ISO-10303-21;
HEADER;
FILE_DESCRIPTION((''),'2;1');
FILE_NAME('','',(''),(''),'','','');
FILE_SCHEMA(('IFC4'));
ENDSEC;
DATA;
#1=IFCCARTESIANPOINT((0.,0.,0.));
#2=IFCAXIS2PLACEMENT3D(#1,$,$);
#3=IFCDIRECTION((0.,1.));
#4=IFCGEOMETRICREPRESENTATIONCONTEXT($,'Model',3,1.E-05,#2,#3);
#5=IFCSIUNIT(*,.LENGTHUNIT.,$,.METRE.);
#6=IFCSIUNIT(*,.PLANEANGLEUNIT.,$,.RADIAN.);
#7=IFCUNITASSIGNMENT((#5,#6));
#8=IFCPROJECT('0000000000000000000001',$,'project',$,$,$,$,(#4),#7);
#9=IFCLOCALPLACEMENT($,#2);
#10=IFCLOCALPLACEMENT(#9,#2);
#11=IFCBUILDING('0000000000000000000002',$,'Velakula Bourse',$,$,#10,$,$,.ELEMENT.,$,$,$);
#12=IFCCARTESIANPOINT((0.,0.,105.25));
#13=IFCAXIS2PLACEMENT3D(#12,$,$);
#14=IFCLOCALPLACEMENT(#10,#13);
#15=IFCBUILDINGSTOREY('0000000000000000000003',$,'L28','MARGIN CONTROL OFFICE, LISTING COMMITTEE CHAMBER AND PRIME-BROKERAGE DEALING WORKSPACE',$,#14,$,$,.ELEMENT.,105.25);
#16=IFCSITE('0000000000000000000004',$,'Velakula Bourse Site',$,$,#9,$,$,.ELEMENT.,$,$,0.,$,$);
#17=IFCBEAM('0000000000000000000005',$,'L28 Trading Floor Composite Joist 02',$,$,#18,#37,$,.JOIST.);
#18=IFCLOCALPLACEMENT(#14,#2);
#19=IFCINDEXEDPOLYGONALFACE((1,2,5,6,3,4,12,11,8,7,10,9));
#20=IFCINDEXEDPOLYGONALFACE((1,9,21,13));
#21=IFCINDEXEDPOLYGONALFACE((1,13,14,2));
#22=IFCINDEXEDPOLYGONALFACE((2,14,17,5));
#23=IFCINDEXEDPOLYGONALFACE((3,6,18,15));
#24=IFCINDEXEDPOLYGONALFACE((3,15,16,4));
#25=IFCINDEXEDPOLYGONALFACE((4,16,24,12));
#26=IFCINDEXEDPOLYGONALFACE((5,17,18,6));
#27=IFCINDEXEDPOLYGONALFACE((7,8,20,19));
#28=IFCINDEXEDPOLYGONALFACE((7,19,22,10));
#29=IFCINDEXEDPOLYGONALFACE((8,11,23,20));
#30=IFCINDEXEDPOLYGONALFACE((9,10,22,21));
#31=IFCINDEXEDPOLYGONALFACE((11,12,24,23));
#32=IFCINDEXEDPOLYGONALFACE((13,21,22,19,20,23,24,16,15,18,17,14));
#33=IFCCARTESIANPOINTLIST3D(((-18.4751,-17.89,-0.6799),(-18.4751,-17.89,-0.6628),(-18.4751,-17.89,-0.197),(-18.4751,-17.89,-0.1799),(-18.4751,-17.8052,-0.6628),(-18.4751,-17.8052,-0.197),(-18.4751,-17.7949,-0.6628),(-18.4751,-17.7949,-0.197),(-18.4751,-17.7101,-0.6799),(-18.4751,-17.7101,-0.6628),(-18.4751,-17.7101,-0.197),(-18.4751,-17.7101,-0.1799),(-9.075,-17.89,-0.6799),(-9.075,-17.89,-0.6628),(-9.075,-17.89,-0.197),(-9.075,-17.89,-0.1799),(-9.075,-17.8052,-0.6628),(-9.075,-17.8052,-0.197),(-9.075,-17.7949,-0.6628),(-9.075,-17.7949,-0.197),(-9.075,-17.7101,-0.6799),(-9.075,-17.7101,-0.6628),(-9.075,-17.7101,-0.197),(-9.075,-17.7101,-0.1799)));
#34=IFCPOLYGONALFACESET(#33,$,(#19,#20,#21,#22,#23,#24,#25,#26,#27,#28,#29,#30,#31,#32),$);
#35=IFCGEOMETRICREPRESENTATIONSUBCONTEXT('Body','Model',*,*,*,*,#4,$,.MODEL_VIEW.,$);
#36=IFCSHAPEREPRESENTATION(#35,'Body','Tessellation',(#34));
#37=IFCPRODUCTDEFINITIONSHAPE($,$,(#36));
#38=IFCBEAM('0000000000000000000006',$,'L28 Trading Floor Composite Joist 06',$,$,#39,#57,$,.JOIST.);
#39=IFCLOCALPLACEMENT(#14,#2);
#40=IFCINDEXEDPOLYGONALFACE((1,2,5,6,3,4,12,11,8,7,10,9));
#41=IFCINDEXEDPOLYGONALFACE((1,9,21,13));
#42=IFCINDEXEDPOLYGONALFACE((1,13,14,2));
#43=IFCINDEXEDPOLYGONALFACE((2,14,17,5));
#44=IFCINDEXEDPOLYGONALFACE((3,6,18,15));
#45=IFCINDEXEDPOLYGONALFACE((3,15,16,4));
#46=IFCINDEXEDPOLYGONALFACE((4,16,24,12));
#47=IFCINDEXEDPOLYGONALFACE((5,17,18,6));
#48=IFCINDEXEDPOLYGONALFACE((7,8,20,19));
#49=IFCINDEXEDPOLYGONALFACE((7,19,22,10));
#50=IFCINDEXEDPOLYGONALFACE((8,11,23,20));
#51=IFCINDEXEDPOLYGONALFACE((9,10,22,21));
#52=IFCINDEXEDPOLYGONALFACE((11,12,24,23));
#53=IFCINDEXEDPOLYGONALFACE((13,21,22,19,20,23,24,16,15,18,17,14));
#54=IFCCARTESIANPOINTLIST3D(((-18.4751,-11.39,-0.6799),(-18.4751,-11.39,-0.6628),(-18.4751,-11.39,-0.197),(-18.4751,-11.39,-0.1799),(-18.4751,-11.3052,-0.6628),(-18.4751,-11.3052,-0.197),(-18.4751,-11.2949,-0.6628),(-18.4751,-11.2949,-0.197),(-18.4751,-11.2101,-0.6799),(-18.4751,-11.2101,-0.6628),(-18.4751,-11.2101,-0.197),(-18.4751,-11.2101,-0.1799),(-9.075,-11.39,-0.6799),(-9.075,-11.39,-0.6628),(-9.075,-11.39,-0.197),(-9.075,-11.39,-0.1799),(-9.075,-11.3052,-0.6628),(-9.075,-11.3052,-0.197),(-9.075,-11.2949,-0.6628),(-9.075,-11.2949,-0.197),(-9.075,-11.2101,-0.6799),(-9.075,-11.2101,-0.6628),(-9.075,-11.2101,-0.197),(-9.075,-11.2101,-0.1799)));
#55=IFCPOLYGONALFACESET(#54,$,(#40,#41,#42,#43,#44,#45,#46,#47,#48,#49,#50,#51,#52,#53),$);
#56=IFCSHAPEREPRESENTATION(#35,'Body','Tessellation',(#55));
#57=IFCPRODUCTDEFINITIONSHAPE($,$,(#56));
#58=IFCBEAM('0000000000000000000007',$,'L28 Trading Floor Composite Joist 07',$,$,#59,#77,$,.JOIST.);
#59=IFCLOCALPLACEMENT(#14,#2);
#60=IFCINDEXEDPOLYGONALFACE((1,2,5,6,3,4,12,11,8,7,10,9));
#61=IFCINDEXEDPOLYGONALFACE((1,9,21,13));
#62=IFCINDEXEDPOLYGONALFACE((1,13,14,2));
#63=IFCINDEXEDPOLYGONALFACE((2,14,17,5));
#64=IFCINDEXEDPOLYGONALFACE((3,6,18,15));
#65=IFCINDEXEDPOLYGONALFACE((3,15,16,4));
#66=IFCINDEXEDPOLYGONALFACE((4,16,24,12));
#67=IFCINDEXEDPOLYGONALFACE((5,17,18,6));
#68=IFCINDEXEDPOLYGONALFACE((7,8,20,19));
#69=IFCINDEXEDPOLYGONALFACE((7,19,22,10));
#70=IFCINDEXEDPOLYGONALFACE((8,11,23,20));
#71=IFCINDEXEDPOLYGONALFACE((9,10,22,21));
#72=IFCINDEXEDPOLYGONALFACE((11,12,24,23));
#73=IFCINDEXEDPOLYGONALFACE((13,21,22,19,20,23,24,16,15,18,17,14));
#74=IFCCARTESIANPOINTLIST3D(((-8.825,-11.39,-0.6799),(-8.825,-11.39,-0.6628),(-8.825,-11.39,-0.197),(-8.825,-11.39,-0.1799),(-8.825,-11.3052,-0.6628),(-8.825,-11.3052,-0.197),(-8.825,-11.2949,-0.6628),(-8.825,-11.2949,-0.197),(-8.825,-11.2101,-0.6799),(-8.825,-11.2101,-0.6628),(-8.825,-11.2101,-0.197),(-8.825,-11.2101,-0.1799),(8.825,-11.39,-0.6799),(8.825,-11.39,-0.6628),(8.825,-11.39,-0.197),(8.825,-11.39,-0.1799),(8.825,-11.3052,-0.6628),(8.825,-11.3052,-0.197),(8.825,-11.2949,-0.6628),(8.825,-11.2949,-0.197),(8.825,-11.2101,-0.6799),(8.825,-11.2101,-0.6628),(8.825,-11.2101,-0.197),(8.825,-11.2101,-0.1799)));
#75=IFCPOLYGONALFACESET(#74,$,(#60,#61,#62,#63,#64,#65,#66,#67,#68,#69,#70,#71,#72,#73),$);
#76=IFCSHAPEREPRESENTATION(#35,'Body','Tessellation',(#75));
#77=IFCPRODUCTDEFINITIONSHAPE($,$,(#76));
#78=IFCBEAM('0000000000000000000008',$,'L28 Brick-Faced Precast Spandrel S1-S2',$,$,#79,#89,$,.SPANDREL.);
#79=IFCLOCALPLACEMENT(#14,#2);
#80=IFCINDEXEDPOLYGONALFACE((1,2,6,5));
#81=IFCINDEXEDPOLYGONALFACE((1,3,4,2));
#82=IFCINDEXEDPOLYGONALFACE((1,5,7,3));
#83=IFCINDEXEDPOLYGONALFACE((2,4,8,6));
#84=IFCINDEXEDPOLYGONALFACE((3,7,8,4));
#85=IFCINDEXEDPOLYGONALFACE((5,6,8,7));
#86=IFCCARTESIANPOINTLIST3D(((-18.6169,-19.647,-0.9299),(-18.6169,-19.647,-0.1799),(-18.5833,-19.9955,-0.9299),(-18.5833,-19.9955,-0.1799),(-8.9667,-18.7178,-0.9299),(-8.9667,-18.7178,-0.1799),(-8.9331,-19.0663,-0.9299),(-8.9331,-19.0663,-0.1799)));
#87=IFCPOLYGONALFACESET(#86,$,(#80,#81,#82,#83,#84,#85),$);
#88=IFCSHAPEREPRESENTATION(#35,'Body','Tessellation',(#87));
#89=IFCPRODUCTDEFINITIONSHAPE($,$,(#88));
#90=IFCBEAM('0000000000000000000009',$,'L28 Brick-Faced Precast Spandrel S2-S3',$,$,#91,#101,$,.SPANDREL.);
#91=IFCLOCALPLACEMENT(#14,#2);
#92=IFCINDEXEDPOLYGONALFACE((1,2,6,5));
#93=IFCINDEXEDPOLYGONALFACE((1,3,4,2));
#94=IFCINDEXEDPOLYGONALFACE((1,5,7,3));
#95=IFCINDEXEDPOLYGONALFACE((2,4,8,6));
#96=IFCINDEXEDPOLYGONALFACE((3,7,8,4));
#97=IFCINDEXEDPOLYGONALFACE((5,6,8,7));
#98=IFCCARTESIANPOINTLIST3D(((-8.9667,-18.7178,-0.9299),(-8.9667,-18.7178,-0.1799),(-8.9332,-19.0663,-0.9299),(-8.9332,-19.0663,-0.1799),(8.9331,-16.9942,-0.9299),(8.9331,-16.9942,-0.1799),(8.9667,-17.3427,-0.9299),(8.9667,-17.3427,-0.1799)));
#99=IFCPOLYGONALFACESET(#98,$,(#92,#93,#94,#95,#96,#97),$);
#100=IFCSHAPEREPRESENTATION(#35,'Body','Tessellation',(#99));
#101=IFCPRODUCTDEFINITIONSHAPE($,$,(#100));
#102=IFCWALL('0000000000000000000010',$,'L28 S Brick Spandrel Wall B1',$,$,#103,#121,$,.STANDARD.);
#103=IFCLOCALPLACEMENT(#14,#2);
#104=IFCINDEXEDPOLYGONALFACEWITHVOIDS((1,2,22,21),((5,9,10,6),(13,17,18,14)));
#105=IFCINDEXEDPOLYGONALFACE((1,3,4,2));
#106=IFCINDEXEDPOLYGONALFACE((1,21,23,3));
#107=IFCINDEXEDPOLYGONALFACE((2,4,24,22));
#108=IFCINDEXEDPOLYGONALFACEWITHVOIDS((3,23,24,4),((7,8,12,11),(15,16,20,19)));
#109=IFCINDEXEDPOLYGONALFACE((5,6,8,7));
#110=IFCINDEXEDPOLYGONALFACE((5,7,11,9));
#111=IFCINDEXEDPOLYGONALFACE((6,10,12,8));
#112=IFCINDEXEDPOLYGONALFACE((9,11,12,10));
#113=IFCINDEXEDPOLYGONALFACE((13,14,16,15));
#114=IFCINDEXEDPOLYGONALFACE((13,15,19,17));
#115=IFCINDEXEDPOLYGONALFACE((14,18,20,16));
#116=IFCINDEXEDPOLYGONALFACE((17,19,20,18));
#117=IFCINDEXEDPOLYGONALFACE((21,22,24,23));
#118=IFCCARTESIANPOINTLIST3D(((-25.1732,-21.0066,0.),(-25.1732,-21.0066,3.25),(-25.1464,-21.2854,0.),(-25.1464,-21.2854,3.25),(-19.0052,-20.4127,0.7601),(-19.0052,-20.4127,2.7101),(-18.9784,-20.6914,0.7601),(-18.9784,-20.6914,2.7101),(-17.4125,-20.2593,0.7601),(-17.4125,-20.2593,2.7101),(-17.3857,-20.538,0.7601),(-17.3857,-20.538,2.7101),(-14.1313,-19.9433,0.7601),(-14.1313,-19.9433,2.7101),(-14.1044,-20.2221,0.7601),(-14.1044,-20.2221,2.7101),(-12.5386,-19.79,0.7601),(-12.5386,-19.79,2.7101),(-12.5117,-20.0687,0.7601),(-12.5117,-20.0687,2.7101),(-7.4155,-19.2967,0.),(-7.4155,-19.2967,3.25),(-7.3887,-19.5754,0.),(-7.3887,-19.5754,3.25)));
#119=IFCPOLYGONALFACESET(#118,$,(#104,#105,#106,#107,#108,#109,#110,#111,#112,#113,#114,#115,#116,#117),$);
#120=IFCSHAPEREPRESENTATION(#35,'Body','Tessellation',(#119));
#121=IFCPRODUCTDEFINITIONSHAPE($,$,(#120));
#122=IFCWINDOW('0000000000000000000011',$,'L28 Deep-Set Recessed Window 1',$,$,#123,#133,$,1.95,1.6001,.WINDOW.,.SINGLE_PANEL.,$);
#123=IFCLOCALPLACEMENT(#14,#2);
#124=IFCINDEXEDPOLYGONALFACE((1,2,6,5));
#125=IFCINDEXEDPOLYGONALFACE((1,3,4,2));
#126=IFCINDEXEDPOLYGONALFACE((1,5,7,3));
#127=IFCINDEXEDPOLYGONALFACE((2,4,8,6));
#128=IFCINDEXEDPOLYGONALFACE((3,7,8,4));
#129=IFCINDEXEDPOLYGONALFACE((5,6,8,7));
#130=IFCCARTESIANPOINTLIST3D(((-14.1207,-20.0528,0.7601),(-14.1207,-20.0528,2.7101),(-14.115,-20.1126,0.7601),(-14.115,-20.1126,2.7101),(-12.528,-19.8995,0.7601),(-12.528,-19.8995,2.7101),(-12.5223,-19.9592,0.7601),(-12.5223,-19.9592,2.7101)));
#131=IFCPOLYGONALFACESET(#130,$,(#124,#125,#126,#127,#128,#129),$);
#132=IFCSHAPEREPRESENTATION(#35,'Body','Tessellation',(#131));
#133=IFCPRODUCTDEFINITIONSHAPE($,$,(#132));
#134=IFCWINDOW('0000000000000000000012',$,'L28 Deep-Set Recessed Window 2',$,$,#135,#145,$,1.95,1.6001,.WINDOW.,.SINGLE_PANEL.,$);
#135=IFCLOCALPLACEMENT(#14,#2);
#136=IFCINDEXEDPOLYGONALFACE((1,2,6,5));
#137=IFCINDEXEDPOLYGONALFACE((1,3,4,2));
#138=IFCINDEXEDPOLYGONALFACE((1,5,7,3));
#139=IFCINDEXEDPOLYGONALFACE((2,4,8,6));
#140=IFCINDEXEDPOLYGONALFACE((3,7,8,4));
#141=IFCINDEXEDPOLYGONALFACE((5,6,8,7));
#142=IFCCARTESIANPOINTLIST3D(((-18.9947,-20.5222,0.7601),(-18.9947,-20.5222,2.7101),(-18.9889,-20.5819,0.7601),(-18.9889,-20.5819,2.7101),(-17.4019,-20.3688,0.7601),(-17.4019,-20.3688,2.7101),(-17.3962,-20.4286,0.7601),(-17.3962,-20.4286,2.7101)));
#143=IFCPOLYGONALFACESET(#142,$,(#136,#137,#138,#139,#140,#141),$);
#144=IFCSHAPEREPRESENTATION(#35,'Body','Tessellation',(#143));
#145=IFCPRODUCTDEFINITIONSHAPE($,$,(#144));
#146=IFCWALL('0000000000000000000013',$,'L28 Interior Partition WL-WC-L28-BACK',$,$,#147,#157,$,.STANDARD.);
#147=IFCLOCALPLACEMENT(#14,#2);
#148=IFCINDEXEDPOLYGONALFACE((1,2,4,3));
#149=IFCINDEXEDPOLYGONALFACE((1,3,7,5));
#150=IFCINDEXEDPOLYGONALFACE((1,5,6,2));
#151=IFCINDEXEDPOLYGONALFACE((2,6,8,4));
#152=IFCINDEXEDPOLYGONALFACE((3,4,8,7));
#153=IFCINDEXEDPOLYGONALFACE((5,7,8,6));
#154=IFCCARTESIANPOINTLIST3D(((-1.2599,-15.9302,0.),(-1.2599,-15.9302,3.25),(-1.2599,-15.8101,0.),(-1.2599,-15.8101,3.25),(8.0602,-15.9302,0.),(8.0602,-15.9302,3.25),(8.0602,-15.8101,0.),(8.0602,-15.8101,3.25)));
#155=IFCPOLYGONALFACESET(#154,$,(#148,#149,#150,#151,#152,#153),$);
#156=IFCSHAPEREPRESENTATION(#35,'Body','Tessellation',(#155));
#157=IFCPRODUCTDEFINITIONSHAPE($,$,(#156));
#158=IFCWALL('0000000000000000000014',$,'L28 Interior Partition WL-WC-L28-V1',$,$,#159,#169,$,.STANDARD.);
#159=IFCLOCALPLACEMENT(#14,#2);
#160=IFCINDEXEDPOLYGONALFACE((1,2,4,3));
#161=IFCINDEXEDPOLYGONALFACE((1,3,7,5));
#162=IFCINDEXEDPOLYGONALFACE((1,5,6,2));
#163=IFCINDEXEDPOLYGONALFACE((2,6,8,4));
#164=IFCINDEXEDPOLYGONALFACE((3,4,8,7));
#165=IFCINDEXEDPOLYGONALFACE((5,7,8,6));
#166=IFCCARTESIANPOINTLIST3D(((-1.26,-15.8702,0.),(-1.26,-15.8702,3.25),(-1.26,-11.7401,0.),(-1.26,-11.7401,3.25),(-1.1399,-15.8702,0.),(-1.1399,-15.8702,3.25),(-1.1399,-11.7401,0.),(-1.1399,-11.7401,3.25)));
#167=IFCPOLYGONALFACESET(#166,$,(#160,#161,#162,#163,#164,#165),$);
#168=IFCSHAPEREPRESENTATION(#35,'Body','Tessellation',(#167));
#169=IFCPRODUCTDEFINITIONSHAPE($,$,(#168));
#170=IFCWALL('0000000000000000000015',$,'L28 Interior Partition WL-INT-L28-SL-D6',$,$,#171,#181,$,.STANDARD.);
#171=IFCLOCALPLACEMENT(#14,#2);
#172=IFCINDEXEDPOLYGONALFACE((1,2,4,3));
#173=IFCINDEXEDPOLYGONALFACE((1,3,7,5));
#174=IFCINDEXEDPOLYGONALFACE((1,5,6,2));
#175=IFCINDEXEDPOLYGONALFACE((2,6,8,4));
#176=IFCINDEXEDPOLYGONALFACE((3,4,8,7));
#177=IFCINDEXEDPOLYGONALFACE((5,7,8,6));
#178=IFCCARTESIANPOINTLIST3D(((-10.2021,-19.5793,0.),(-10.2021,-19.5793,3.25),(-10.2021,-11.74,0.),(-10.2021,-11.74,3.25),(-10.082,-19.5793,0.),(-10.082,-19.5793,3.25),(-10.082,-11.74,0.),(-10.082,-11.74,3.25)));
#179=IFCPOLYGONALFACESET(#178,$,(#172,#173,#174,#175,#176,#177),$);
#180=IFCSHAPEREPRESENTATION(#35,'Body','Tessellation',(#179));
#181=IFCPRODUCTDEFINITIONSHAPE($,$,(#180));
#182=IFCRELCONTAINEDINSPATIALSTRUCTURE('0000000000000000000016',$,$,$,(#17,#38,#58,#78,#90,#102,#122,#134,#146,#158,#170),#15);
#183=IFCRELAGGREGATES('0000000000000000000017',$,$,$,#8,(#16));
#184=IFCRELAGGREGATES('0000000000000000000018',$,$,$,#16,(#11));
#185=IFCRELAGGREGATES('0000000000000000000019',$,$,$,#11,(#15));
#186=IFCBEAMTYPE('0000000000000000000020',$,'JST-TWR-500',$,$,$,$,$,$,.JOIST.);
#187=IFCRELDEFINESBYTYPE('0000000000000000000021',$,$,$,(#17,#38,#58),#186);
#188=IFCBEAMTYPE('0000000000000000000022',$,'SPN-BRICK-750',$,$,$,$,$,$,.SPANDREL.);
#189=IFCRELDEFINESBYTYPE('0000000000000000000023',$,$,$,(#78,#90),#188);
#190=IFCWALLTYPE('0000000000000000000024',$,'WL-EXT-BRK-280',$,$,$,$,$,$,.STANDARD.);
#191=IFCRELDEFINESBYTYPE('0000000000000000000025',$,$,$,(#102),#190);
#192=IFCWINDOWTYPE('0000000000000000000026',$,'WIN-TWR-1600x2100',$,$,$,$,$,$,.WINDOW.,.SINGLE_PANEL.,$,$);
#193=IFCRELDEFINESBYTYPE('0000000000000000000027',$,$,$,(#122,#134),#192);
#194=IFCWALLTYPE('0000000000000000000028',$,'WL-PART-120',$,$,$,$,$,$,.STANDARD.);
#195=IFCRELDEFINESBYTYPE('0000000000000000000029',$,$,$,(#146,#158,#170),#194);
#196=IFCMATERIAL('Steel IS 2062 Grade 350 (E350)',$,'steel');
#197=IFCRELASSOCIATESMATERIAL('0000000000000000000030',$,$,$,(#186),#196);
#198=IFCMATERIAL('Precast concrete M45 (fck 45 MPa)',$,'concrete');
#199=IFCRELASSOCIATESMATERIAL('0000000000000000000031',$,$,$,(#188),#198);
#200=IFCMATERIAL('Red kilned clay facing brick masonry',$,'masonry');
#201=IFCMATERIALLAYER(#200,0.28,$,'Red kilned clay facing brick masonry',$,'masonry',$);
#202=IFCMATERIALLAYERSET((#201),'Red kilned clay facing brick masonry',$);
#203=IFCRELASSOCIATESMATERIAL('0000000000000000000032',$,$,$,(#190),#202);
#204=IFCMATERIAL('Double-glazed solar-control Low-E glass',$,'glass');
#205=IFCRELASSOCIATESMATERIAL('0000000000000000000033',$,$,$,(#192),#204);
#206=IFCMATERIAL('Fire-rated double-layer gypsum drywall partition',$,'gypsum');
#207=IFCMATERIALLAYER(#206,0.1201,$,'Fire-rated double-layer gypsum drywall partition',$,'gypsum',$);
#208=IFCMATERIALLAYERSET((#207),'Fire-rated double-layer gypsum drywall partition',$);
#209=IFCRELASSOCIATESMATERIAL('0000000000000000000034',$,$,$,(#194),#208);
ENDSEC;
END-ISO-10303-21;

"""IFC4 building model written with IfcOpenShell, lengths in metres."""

from ifc_helpers import new_model, si_unit, direction, frame, frame_2d, origin, origin_2d, place, context, subcontext, project, spatial, rectangle, i_section, extrude, material, layer, layer_set, material_profile, profile_set, type_object, element, fill, save


model = new_model("IFC4")

# Units and contexts
model_context = context("Model", 3, precision=1e-05, world=origin(), true_north=direction((0.0, 1.0)))
body_context = subcontext(model_context, "Body", "Model", "MODEL_VIEW")
ifc_project = project(units=[si_unit("LENGTHUNIT", "METRE"), si_unit("PLANEANGLEUNIT", "RADIAN")], contexts=[model_context])

# Site, building, storey
site_placement = place(None, origin())
site = spatial("IfcSite", under=ifc_project, at=site_placement, Name="Velakula Bourse Site", CompositionType="ELEMENT", RefElevation=0.0)
building_placement = place(site_placement, origin())
building = spatial("IfcBuilding", under=site, at=building_placement, Name="Velakula Bourse", CompositionType="ELEMENT")
storey_placement = place(building_placement, frame((0.0, 0.0, 105.25)))
storey = spatial("IfcBuildingStorey", under=building, at=storey_placement, Name="L28", Description="MARGIN CONTROL OFFICE, LISTING COMMITTEE CHAMBER AND PRIME-BROKERAGE DEALING WORKSPACE", CompositionType="ELEMENT", Elevation=105.25)

# Beams
ifc_material_1 = material(Name="Steel IS 2062 Grade 350 (E350)", Category="steel")
ifc_material_profile_1 = material_profile(ifc_material_1, i_section(OverallWidth=0.1799, OverallDepth=0.5, WebThickness=0.0103, FlangeThickness=0.0171, at=origin_2d()), Name="Steel IS 2062 Grade 350 (E350)")
ifc_profile_set_1 = profile_set([ifc_material_profile_1], Name="Steel IS 2062 Grade 350 (E350)")
beam_type_1 = type_object("IfcBeamType", Name="JST-TWR-500", PredefinedType="JOIST", material=ifc_profile_set_1)
for number, where, z_axis, x_axis, name in (
    (1, (-18.4751, -17.8, -0.4299), (1.0, 0.0, 0.0), (0.0, 1.0, 0.0), "L28 Trading Floor Composite Joist 02"),
    (2, (-18.4751, -11.3, -0.4299), (1.0, 0.0, 0.0), (0.0, 1.0, 0.0), "L28 Trading Floor Composite Joist 06"),
):
    element("IfcBeam", number, at=place(storey_placement, frame(where, z_axis=z_axis, x_axis=x_axis)), inside=storey, type_object=beam_type_1, Name=name, PredefinedType="JOIST", context=body_context, shape_type="SweptSolid", body=[
        extrude(i_section(OverallWidth=0.1799, OverallDepth=0.5, WebThickness=0.0103, FlangeThickness=0.0171, at=origin_2d()), origin(), (0.0, 0.0, 1.0), 9.4001),
    ])
beam_1_placement = place(storey_placement, frame((-8.825, -11.3, -0.4299), z_axis=(1.0, 0.0, 0.0), x_axis=(0.0, 1.0, 0.0)))
element("IfcBeam", 3, at=beam_1_placement, inside=storey, type_object=beam_type_1, Name="L28 Trading Floor Composite Joist 07", PredefinedType="JOIST", context=body_context, shape_type="SweptSolid", body=[
    extrude(i_section(OverallWidth=0.1799, OverallDepth=0.5, WebThickness=0.0103, FlangeThickness=0.0171, at=origin_2d()), origin(), (0.0, 0.0, 1.0), 17.6499),
])
ifc_material_2 = material(Name="Precast concrete M45 (fck 45 MPa)", Category="concrete")
ifc_material_profile_2 = material_profile(ifc_material_2, rectangle(XDim=0.3501, YDim=0.75, at=origin_2d()), Name="Precast concrete M45 (fck 45 MPa)")
ifc_profile_set_2 = profile_set([ifc_material_profile_2], Name="Precast concrete M45 (fck 45 MPa)")
beam_type_2 = type_object("IfcBeamType", Name="SPN-BRICK-750", PredefinedType="SPANDREL", material=ifc_profile_set_2)
beam_2_placement = place(storey_placement, frame((-18.6001, -19.8213, -0.5549), z_axis=(0.995396, 0.095845, 0.0), x_axis=(-0.095845, 0.995396, 0.0)))
element("IfcBeam", 4, at=beam_2_placement, inside=storey, type_object=beam_type_2, Name="L28 Brick-Faced Precast Spandrel S1-S2", PredefinedType="SPANDREL", context=body_context, shape_type="SweptSolid", body=[
    extrude(rectangle(XDim=0.3501, YDim=0.75, at=origin_2d()), origin(), (0.0, 0.0, 1.0), 9.6948),
])
beam_3_placement = place(storey_placement, frame((-8.95, -18.8921, -0.5549), z_axis=(0.995396, 0.09585, 0.0), x_axis=(-0.09585, 0.995396, 0.0)))
element("IfcBeam", 5, at=beam_3_placement, inside=storey, type_object=beam_type_2, Name="L28 Brick-Faced Precast Spandrel S2-S3", PredefinedType="SPANDREL", context=body_context, shape_type="SweptSolid", body=[
    extrude(rectangle(XDim=0.3501, YDim=0.75, at=origin_2d()), origin(), (0.0, 0.0, 1.0), 17.9827),
])

# Wall, openings, windows
ifc_material_3 = material(Name="Red kilned clay facing brick masonry", Category="masonry")
ifc_layer_1 = layer(ifc_material_3, 0.28, Name="Red kilned clay facing brick masonry", Category="masonry")
ifc_layer_set_1 = layer_set([ifc_layer_1], Name="Red kilned clay facing brick masonry")
wall_type_1 = type_object("IfcWallType", Name="WL-EXT-BRK-280", PredefinedType="STANDARD", material=ifc_layer_set_1)
wall_1_placement = place(storey_placement, frame((-7.4021, -19.436, 0.0), z_axis=(0.0, 0.0, 1.0), x_axis=(-0.995396, -0.09585, 0.0)))
wall_1 = element("IfcWall", 6, at=wall_1_placement, inside=storey, type_object=wall_type_1, Name="L28 S Brick Spandrel Wall B1", PredefinedType="STANDARD", context=body_context, shape_type="SweptSolid", body=[
    extrude(rectangle(XDim=17.8398, YDim=0.28, at=frame_2d((8.9199, 0.0))), origin(), (0.0, 0.0, 1.0), 3.25),
])
opening_1_placement = place(wall_1_placement, frame((5.1467, 0.0, 0.76)))
opening_1 = element("IfcOpeningElement", 7, at=opening_1_placement, cuts=wall_1, PredefinedType="OPENING", context=body_context, shape_type="SweptSolid", body=[
    extrude(rectangle(XDim=1.6001, YDim=1.95, at=frame_2d((0.8, 0.9751))), frame((0.0, 0.1499, 0.0), z_axis=(0.0, -1.0, 0.0), x_axis=(1.0, 0.0, 0.0)), (0.0, 0.0, 1.0), 0.3),
])
opening_2_placement = place(wall_1_placement, frame((10.0432, 0.0, 0.76)))
opening_2 = element("IfcOpeningElement", 8, at=opening_2_placement, cuts=wall_1, PredefinedType="OPENING", context=body_context, shape_type="SweptSolid", body=[
    extrude(rectangle(XDim=1.6001, YDim=1.95, at=frame_2d((0.8, 0.9751))), frame((0.0, 0.1499, 0.0), z_axis=(0.0, -1.0, 0.0), x_axis=(1.0, 0.0, 0.0)), (0.0, 0.0, 1.0), 0.3),
])
ifc_material_4 = material(Name="Double-glazed solar-control Low-E glass", Category="glass")
window_type = type_object("IfcWindowType", Name="WIN-TWR-1600x2100", PartitioningType="SINGLE_PANEL", PredefinedType="WINDOW", material=ifc_material_4)
window_1_placement = place(opening_1_placement, origin())
window_1 = element("IfcWindow", 9, at=window_1_placement, inside=storey, type_object=window_type, Name="L28 Deep-Set Recessed Window 1", OverallHeight=1.95, OverallWidth=1.6001, PartitioningType="SINGLE_PANEL", PredefinedType="WINDOW", context=body_context, shape_type="SweptSolid", body=[
    extrude(rectangle(XDim=1.6001, YDim=1.95, at=frame_2d((0.8, 0.9751))), frame((0.0, 0.03, 0.0), z_axis=(0.0, -1.0, 0.0), x_axis=(1.0, 0.0, 0.0)), (0.0, 0.0, 1.0), 0.0601),
])
fill(opening_1, window_1)
window_2_placement = place(opening_2_placement, origin())
window_2 = element("IfcWindow", 10, at=window_2_placement, inside=storey, type_object=window_type, Name="L28 Deep-Set Recessed Window 2", OverallHeight=1.95, OverallWidth=1.6001, PartitioningType="SINGLE_PANEL", PredefinedType="WINDOW", context=body_context, shape_type="SweptSolid", body=[
    extrude(rectangle(XDim=1.6001, YDim=1.95, at=frame_2d((0.8, 0.9751))), frame((0.0, 0.03, 0.0), z_axis=(0.0, -1.0, 0.0), x_axis=(1.0, 0.0, 0.0)), (0.0, 0.0, 1.0), 0.0601),
])
fill(opening_2, window_2)

# Walls
ifc_material_5 = material(Name="Fire-rated double-layer gypsum drywall partition", Category="gypsum")
ifc_layer_2 = layer(ifc_material_5, 0.1201, Name="Fire-rated double-layer gypsum drywall partition", Category="gypsum")
ifc_layer_set_2 = layer_set([ifc_layer_2], Name="Fire-rated double-layer gypsum drywall partition")
wall_type_2 = type_object("IfcWallType", Name="WL-PART-120", PredefinedType="STANDARD", material=ifc_layer_set_2)
wall_2_placement = place(storey_placement, frame((-1.26, -15.8701, 0.0), z_axis=(0.0, 0.0, 1.0), x_axis=(1.0, 0.0, 0.0)))
element("IfcWall", 11, at=wall_2_placement, inside=storey, type_object=wall_type_2, Name="L28 Interior Partition WL-WC-L28-BACK", PredefinedType="STANDARD", context=body_context, shape_type="SweptSolid", body=[
    extrude(rectangle(XDim=9.3201, YDim=0.1201, at=frame_2d((4.6602, 0.0))), origin(), (0.0, 0.0, 1.0), 3.25),
])
wall_3_placement = place(storey_placement, frame((-1.2, -15.8701, 0.0), z_axis=(0.0, 0.0, 1.0), x_axis=(0.0, 1.0, 0.0)))
element("IfcWall", 12, at=wall_3_placement, inside=storey, type_object=wall_type_2, Name="L28 Interior Partition WL-WC-L28-V1", PredefinedType="STANDARD", context=body_context, shape_type="SweptSolid", body=[
    extrude(rectangle(XDim=4.1301, YDim=0.1201, at=frame_2d((2.0649, 0.0))), origin(), (0.0, 0.0, 1.0), 3.25),
])
wall_4_placement = place(storey_placement, frame((-10.1421, -19.5793, 0.0), z_axis=(0.0, 0.0, 1.0), x_axis=(0.0, 1.0, 0.0)))
element("IfcWall", 13, at=wall_4_placement, inside=storey, type_object=wall_type_2, Name="L28 Interior Partition WL-INT-L28-SL-D6", PredefinedType="STANDARD", context=body_context, shape_type="SweptSolid", body=[
    extrude(rectangle(XDim=7.8394, YDim=0.1201, at=frame_2d((3.9197, 0.0))), origin(), (0.0, 0.0, 1.0), 3.25),
])

save(model, "model.ifc")
